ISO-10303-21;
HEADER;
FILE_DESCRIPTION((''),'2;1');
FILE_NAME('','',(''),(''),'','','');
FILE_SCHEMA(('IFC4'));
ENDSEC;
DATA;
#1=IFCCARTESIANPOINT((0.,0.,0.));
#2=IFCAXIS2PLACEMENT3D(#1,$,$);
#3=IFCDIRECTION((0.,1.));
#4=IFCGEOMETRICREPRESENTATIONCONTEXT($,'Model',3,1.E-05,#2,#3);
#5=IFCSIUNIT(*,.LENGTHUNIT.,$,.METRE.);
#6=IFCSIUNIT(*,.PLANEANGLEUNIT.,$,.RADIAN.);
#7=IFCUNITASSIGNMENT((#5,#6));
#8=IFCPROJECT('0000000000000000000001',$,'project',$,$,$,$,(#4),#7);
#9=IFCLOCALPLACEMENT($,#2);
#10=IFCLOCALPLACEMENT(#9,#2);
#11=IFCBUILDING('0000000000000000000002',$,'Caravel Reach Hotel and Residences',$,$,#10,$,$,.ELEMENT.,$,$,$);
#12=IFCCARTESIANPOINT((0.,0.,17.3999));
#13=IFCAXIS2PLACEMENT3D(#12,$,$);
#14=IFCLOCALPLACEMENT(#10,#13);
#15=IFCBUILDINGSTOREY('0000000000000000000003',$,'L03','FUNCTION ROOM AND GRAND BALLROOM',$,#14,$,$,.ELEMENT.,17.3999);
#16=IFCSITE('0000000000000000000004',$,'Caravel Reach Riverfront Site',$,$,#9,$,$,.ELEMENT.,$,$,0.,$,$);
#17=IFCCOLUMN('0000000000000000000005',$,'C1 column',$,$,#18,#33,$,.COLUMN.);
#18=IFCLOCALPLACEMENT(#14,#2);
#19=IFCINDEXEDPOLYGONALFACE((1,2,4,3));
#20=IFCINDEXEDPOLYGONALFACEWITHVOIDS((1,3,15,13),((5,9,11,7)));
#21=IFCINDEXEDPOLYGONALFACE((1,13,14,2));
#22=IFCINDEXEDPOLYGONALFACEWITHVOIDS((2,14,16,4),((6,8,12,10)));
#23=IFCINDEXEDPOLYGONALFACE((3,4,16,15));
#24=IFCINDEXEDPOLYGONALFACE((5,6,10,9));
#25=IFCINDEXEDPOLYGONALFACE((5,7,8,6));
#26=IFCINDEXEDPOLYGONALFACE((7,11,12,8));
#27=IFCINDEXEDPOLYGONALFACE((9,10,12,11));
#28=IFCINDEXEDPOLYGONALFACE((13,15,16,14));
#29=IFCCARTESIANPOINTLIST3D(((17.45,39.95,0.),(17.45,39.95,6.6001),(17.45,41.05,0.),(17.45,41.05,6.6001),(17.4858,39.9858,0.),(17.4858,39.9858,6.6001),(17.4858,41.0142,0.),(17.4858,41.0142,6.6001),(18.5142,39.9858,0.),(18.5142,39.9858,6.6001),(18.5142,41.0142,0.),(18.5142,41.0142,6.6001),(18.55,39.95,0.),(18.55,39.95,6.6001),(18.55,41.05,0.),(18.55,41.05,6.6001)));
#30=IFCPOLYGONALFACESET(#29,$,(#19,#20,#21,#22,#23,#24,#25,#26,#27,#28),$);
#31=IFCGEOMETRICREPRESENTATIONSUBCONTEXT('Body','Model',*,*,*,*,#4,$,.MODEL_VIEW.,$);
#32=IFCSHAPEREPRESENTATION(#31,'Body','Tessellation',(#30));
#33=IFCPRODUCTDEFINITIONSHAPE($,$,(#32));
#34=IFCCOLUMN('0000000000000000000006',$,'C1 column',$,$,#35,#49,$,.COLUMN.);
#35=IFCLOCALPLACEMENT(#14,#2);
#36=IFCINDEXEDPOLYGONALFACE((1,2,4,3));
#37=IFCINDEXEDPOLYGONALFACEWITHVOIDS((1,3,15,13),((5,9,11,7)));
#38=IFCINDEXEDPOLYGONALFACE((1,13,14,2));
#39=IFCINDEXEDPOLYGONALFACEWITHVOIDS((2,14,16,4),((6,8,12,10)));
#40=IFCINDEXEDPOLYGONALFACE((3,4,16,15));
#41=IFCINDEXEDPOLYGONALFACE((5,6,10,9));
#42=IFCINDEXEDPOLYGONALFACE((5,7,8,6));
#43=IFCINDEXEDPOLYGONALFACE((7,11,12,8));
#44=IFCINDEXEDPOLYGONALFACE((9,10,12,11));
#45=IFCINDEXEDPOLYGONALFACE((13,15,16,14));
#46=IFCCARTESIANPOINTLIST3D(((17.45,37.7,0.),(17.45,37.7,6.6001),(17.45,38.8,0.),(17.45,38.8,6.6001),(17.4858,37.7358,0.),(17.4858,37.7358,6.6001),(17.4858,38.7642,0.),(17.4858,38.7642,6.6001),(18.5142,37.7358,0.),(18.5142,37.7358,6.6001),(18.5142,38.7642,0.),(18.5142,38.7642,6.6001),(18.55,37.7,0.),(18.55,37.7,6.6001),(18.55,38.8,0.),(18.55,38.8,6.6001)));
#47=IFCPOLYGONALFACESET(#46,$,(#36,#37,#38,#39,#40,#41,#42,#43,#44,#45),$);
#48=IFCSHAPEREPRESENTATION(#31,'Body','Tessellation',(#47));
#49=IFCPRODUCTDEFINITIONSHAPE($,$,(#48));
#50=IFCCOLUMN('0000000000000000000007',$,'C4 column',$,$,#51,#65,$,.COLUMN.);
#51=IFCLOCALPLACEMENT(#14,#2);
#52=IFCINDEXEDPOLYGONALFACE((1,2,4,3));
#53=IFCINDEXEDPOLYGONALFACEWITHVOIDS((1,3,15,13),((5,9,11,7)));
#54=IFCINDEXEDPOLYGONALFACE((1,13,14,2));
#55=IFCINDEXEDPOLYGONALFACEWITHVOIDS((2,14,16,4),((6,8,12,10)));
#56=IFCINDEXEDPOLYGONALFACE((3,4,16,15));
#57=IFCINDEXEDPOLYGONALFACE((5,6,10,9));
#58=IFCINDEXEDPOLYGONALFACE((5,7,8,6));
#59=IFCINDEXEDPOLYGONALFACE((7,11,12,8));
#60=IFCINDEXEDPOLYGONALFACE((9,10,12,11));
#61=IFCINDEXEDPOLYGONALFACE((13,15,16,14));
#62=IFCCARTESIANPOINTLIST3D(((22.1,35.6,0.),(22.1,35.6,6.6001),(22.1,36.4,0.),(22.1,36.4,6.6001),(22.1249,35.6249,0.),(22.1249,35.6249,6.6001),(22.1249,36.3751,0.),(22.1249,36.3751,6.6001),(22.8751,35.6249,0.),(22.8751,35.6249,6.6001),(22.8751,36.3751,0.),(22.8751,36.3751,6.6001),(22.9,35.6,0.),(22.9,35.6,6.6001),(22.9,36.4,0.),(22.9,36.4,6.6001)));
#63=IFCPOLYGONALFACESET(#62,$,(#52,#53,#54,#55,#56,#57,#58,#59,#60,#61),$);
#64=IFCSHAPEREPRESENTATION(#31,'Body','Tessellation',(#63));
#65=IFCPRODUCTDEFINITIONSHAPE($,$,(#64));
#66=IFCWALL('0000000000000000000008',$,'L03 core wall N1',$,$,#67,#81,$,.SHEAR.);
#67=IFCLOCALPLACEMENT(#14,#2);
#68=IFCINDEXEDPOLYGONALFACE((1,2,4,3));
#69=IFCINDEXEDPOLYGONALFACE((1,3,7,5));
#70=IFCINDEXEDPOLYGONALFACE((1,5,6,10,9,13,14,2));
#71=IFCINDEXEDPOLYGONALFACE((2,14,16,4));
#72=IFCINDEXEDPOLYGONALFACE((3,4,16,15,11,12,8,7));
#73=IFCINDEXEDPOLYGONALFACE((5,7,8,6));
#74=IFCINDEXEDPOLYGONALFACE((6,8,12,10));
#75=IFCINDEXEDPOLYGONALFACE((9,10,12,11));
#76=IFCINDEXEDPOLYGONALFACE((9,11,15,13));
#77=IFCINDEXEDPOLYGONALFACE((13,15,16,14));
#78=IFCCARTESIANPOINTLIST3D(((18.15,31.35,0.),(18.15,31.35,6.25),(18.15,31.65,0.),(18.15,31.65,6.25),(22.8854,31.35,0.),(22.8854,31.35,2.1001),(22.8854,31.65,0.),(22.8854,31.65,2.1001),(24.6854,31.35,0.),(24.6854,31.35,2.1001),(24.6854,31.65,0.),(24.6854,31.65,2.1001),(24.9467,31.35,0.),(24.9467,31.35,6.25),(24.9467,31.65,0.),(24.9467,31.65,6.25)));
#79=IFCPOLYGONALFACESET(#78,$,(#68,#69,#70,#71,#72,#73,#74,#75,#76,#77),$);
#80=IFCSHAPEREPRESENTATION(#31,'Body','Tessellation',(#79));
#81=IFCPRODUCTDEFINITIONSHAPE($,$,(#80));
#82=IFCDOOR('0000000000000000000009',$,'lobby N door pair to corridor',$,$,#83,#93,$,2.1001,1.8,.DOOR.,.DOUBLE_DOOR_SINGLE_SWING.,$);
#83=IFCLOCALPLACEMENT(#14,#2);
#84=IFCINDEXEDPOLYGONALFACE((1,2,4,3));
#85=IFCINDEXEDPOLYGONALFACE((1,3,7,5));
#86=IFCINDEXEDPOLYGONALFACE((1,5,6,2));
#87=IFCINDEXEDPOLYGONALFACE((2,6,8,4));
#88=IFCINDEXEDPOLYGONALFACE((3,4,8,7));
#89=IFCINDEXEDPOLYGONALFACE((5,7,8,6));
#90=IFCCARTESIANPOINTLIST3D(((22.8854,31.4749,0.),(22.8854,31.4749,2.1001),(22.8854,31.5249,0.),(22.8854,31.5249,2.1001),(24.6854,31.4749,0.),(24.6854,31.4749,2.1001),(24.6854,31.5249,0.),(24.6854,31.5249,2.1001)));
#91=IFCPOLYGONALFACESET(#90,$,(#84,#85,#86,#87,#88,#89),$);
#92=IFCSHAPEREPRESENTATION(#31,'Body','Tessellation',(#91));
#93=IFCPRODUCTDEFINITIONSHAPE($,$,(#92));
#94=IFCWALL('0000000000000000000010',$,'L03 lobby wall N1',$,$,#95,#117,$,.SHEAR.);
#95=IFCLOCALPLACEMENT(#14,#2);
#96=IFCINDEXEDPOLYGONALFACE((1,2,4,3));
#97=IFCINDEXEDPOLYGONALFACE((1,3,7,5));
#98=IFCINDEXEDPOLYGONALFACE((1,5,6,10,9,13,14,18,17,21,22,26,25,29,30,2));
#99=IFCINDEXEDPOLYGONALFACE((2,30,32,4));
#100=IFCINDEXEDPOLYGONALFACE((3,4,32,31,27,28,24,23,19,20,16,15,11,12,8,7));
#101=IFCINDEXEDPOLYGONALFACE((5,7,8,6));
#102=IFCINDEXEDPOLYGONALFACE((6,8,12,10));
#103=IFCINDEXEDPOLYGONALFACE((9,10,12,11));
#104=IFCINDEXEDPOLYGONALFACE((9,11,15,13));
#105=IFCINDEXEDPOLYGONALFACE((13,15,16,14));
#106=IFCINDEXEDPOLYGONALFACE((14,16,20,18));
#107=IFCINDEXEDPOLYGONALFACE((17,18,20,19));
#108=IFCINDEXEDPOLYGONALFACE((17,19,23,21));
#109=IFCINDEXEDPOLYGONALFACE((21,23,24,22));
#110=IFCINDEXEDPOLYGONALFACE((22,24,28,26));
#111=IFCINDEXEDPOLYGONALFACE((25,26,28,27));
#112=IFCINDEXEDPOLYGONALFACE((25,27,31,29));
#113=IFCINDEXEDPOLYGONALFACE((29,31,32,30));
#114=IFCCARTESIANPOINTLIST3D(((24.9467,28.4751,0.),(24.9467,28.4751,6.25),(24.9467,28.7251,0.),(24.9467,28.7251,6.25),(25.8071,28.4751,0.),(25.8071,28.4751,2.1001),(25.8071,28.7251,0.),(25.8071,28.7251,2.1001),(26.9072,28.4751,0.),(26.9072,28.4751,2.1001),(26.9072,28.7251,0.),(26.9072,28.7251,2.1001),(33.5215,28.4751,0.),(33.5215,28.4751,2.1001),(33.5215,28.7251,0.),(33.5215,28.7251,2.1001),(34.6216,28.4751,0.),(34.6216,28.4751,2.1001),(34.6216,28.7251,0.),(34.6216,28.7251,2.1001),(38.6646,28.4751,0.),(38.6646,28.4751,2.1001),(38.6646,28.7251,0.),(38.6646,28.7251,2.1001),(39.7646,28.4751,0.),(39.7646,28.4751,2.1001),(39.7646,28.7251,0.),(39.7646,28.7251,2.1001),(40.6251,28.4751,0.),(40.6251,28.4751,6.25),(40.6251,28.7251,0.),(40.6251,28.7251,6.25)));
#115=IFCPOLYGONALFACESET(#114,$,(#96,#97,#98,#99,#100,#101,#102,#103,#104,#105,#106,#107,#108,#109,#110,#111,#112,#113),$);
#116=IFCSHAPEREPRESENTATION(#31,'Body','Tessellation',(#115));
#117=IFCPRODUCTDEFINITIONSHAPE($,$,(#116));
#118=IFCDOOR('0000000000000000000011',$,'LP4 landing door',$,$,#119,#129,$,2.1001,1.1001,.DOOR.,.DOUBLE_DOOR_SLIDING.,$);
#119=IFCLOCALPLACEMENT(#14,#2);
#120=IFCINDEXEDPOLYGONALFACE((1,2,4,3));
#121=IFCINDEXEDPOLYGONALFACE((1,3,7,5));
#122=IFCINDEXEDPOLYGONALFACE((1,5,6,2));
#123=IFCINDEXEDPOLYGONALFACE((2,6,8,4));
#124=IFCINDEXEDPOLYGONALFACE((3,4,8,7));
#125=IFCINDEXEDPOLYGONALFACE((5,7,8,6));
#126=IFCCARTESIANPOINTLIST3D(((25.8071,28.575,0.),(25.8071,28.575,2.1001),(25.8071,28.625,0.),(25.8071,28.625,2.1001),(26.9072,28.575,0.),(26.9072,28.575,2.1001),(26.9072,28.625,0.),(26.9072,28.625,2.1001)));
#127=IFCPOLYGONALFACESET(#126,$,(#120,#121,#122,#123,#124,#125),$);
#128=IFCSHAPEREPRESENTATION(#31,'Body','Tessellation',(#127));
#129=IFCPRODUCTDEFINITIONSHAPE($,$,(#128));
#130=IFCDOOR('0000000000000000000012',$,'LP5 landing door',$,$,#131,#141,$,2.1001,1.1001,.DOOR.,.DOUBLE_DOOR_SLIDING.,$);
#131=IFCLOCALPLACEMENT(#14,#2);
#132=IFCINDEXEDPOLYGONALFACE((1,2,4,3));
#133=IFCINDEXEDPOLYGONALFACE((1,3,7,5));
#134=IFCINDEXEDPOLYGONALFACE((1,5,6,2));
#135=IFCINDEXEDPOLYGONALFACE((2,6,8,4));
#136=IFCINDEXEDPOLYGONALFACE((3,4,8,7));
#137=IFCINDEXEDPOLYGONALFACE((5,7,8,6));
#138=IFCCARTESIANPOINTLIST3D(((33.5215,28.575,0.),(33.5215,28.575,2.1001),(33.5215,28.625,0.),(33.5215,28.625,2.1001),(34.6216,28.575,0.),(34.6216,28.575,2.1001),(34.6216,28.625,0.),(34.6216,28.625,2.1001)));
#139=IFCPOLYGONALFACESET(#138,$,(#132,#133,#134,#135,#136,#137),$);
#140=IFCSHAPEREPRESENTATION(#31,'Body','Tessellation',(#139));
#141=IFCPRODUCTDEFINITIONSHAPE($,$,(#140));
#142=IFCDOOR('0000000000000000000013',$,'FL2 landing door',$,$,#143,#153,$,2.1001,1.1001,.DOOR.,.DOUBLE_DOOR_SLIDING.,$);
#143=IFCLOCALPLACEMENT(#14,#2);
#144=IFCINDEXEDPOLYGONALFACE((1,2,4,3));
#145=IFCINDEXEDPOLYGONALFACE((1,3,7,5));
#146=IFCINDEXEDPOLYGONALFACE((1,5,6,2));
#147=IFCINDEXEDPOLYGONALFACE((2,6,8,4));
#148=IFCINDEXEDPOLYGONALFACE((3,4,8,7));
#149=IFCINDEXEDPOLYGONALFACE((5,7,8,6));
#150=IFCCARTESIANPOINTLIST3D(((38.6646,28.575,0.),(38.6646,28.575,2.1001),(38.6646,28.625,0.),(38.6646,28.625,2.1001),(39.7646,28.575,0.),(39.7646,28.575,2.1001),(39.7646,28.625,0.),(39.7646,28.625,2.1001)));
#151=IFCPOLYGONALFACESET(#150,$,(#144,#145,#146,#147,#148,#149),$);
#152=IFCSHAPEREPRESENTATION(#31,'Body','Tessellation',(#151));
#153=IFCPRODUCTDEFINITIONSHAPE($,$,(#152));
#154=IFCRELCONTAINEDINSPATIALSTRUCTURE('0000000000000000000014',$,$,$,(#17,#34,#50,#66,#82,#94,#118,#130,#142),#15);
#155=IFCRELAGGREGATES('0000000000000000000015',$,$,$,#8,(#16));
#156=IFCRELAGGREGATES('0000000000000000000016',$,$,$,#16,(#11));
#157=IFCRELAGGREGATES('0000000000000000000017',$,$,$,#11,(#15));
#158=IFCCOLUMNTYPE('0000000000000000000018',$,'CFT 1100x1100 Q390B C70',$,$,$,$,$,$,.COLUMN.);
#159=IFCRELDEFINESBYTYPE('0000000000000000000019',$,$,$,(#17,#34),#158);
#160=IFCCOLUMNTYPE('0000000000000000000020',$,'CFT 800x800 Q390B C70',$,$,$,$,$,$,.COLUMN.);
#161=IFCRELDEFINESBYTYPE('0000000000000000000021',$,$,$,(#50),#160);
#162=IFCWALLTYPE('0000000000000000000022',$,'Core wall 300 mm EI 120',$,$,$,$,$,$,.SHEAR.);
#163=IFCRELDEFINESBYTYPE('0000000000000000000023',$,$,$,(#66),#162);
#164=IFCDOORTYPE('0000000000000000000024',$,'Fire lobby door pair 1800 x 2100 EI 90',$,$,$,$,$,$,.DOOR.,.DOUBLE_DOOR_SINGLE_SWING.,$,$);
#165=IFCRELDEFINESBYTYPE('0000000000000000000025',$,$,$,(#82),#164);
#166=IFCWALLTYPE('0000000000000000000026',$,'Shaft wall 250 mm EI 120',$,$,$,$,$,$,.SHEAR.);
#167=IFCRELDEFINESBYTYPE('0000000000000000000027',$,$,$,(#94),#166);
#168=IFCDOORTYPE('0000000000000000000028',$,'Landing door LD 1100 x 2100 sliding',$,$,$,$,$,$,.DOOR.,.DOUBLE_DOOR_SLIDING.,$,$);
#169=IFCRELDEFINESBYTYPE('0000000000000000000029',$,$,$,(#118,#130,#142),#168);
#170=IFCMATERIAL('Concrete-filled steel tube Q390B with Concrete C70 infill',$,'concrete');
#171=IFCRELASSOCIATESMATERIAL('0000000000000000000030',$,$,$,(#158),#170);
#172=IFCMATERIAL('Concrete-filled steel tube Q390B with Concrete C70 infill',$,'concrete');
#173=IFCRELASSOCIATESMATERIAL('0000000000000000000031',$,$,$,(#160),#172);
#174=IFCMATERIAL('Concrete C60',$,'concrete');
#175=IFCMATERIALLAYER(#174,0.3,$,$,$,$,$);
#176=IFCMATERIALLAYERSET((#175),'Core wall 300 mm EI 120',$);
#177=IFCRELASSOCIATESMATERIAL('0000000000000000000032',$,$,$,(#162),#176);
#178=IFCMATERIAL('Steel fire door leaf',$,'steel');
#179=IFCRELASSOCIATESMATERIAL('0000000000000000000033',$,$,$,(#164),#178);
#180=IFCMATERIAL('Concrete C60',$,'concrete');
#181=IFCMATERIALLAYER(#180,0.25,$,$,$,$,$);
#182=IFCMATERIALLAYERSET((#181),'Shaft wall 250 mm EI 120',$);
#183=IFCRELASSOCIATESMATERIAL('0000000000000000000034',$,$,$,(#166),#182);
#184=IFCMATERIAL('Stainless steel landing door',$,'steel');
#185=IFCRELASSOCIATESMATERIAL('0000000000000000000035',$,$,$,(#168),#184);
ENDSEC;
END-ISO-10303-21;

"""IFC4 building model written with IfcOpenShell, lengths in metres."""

from ifc_helpers import new_model, si_unit, direction, frame, frame_2d, origin, origin_2d, place, context, subcontext, project, spatial, rectangle, hollow_rectangle, extrude, material, layer, layer_set, material_profile, profile_set, type_object, element, fill, save


model = new_model("IFC4")

# Units and contexts
model_context = context("Model", 3, precision=1e-05, world=origin(), true_north=direction((0.0, 1.0)))
body_context = subcontext(model_context, "Body", "Model", "MODEL_VIEW")
ifc_project = project(units=[si_unit("LENGTHUNIT", "METRE"), si_unit("PLANEANGLEUNIT", "RADIAN")], contexts=[model_context])

# Site, building, storey
site_placement = place(None, origin())
site = spatial("IfcSite", under=ifc_project, at=site_placement, Name="Caravel Reach Riverfront Site", CompositionType="ELEMENT", RefElevation=0.0)
building_placement = place(site_placement, origin())
building = spatial("IfcBuilding", under=site, at=building_placement, Name="Caravel Reach Hotel and Residences", CompositionType="ELEMENT")
storey_placement = place(building_placement, frame((0.0, 0.0, 17.3999)))
storey = spatial("IfcBuildingStorey", under=building, at=storey_placement, Name="L03", Description="FUNCTION ROOM AND GRAND BALLROOM", CompositionType="ELEMENT", Elevation=17.3999)

# Columns
ifc_material_1 = material(Name="Concrete-filled steel tube Q390B with Concrete C70 infill", Category="concrete")
ifc_material_profile_1 = material_profile(ifc_material_1, hollow_rectangle(XDim=1.1001, YDim=1.1001, WallThickness=0.0359, at=origin_2d()), Name="RHS 1100x1100x36")
ifc_profile_set_1 = profile_set([ifc_material_profile_1], Name="Concrete-filled steel tube Q390B with Concrete C70 infill")
column_type_1 = type_object("IfcColumnType", Name="CFT 1100x1100 Q390B C70", PredefinedType="COLUMN", material=ifc_profile_set_1)
for number, where, z_axis, x_axis, name in (
    (1, (18.0, 40.5, 0.0), (0.0, 0.0, 1.0), (1.0, 0.0, 0.0), "C1 column"),
    (2, (18.0, 38.25, 0.0), (0.0, 0.0, 1.0), (1.0, 0.0, 0.0), "C1 column"),
):
    element("IfcColumn", number, at=place(storey_placement, frame(where, z_axis=z_axis, x_axis=x_axis)), inside=storey, type_object=column_type_1, Name=name, PredefinedType="COLUMN", context=body_context, shape_type="SweptSolid", body=[
        extrude(hollow_rectangle(XDim=1.1001, YDim=1.1001, WallThickness=0.0359, at=origin_2d()), origin(), (0.0, 0.0, 1.0), 6.6001),
    ])
ifc_material_2 = material(Name="Concrete-filled steel tube Q390B with Concrete C70 infill", Category="concrete")
ifc_material_profile_2 = material_profile(ifc_material_2, hollow_rectangle(XDim=0.8, YDim=0.8, WallThickness=0.0249, at=origin_2d()), Name="RHS 800x800x25")
ifc_profile_set_2 = profile_set([ifc_material_profile_2], Name="Concrete-filled steel tube Q390B with Concrete C70 infill")
column_type_2 = type_object("IfcColumnType", Name="CFT 800x800 Q390B C70", PredefinedType="COLUMN", material=ifc_profile_set_2)
column_placement = place(storey_placement, frame((22.5, 36.0, 0.0), z_axis=(0.0, 0.0, 1.0), x_axis=(1.0, 0.0, 0.0)))
element("IfcColumn", 3, at=column_placement, inside=storey, type_object=column_type_2, Name="C4 column", PredefinedType="COLUMN", context=body_context, shape_type="SweptSolid", body=[
    extrude(hollow_rectangle(XDim=0.8, YDim=0.8, WallThickness=0.0249, at=origin_2d()), origin(), (0.0, 0.0, 1.0), 6.6001),
])

# Wall, opening, door
ifc_material_3 = material(Name="Concrete C60", Category="concrete")
ifc_layer_1 = layer(ifc_material_3, 0.3)
ifc_layer_set_1 = layer_set([ifc_layer_1], Name="Core wall 300 mm EI 120")
wall_type_1 = type_object("IfcWallType", Name="Core wall 300 mm EI 120", PredefinedType="SHEAR", material=ifc_layer_set_1)
wall_1_placement = place(storey_placement, frame((18.1499, 31.5, 0.0), z_axis=(0.0, 0.0, 1.0), x_axis=(1.0, 0.0, 0.0)))
wall_1 = element("IfcWall", 4, at=wall_1_placement, inside=storey, type_object=wall_type_1, Name="L03 core wall N1", PredefinedType="SHEAR", context=body_context, shape_type="SweptSolid", body=[
    extrude(rectangle(XDim=6.7966, YDim=0.3, at=frame_2d((3.3984, 0.0))), origin(), (0.0, 0.0, 1.0), 6.25),
])
opening_1_placement = place(wall_1_placement, frame((4.7356, 0.0, 0.0)))
opening_1 = element("IfcOpeningElement", 5, at=opening_1_placement, cuts=wall_1, PredefinedType="OPENING", context=body_context, shape_type="SweptSolid", body=[
    extrude(rectangle(XDim=1.8, YDim=2.1001, at=frame_2d((0.8999, 1.05))), frame((0.0, 0.1599, 0.0), z_axis=(0.0, -1.0, 0.0), x_axis=(1.0, 0.0, 0.0)), (0.0, 0.0, 1.0), 0.3201),
])
ifc_material_4 = material(Name="Steel fire door leaf", Category="steel")
door_type_1 = type_object("IfcDoorType", Name="Fire lobby door pair 1800 x 2100 EI 90", OperationType="DOUBLE_DOOR_SINGLE_SWING", PredefinedType="DOOR", material=ifc_material_4)
door_1_placement = place(opening_1_placement, origin())
door_1 = element("IfcDoor", 6, at=door_1_placement, inside=storey, type_object=door_type_1, Name="lobby N door pair to corridor", OperationType="DOUBLE_DOOR_SINGLE_SWING", OverallHeight=2.1001, OverallWidth=1.8, PredefinedType="DOOR", context=body_context, shape_type="SweptSolid", body=[
    extrude(rectangle(XDim=1.8, YDim=2.1001, at=frame_2d((0.8999, 1.05))), frame((0.0, 0.0249, 0.0), z_axis=(0.0, -1.0, 0.0), x_axis=(1.0, 0.0, 0.0)), (0.0, 0.0, 1.0), 0.05),
])
fill(opening_1, door_1)

# Wall, openings, doors
ifc_material_5 = material(Name="Concrete C60", Category="concrete")
ifc_layer_2 = layer(ifc_material_5, 0.25)
ifc_layer_set_2 = layer_set([ifc_layer_2], Name="Shaft wall 250 mm EI 120")
wall_type_2 = type_object("IfcWallType", Name="Shaft wall 250 mm EI 120", PredefinedType="SHEAR", material=ifc_layer_set_2)
wall_2_placement = place(storey_placement, frame((24.9465, 28.6001, 0.0), z_axis=(0.0, 0.0, 1.0), x_axis=(1.0, 0.0, 0.0)))
wall_2 = element("IfcWall", 7, at=wall_2_placement, inside=storey, type_object=wall_type_2, Name="L03 lobby wall N1", PredefinedType="SHEAR", context=body_context, shape_type="SweptSolid", body=[
    extrude(rectangle(XDim=15.6785, YDim=0.25, at=frame_2d((7.8394, 0.0))), origin(), (0.0, 0.0, 1.0), 6.25),
])
opening_2_placement = place(wall_2_placement, frame((0.8606, 0.0, 0.0)))
opening_2 = element("IfcOpeningElement", 8, at=opening_2_placement, cuts=wall_2, PredefinedType="OPENING", context=body_context, shape_type="SweptSolid", body=[
    extrude(rectangle(XDim=1.1001, YDim=2.1001, at=frame_2d((0.55, 1.05))), frame((0.0, 0.135, 0.0), z_axis=(0.0, -1.0, 0.0), x_axis=(1.0, 0.0, 0.0)), (0.0, 0.0, 1.0), 0.27),
])
opening_3_placement = place(wall_2_placement, frame((8.575, 0.0, 0.0)))
opening_3 = element("IfcOpeningElement", 9, at=opening_3_placement, cuts=wall_2, PredefinedType="OPENING", context=body_context, shape_type="SweptSolid", body=[
    extrude(rectangle(XDim=1.1001, YDim=2.1001, at=frame_2d((0.55, 1.05))), frame((0.0, 0.135, 0.0), z_axis=(0.0, -1.0, 0.0), x_axis=(1.0, 0.0, 0.0)), (0.0, 0.0, 1.0), 0.27),
])
opening_4_placement = place(wall_2_placement, frame((13.718, 0.0, 0.0)))
opening_4 = element("IfcOpeningElement", 10, at=opening_4_placement, cuts=wall_2, PredefinedType="OPENING", context=body_context, shape_type="SweptSolid", body=[
    extrude(rectangle(XDim=1.1001, YDim=2.1001, at=frame_2d((0.55, 1.05))), frame((0.0, 0.135, 0.0), z_axis=(0.0, -1.0, 0.0), x_axis=(1.0, 0.0, 0.0)), (0.0, 0.0, 1.0), 0.27),
])
ifc_material_6 = material(Name="Stainless steel landing door", Category="steel")
door_type_2 = type_object("IfcDoorType", Name="Landing door LD 1100 x 2100 sliding", OperationType="DOUBLE_DOOR_SLIDING", PredefinedType="DOOR", material=ifc_material_6)
door_2_placement = place(opening_2_placement, origin())
door_2 = element("IfcDoor", 11, at=door_2_placement, inside=storey, type_object=door_type_2, Name="LP4 landing door", OperationType="DOUBLE_DOOR_SLIDING", OverallHeight=2.1001, OverallWidth=1.1001, PredefinedType="DOOR", context=body_context, shape_type="SweptSolid", body=[
    extrude(rectangle(XDim=1.1001, YDim=2.1001, at=frame_2d((0.55, 1.05))), frame((0.0, 0.0249, 0.0), z_axis=(0.0, -1.0, 0.0), x_axis=(1.0, 0.0, 0.0)), (0.0, 0.0, 1.0), 0.05),
])
fill(opening_2, door_2)
door_3_placement = place(opening_3_placement, origin())
door_3 = element("IfcDoor", 12, at=door_3_placement, inside=storey, type_object=door_type_2, Name="LP5 landing door", OperationType="DOUBLE_DOOR_SLIDING", OverallHeight=2.1001, OverallWidth=1.1001, PredefinedType="DOOR", context=body_context, shape_type="SweptSolid", body=[
    extrude(rectangle(XDim=1.1001, YDim=2.1001, at=frame_2d((0.55, 1.05))), frame((0.0, 0.0249, 0.0), z_axis=(0.0, -1.0, 0.0), x_axis=(1.0, 0.0, 0.0)), (0.0, 0.0, 1.0), 0.05),
])
fill(opening_3, door_3)
door_4_placement = place(opening_4_placement, origin())
door_4 = element("IfcDoor", 13, at=door_4_placement, inside=storey, type_object=door_type_2, Name="FL2 landing door", OperationType="DOUBLE_DOOR_SLIDING", OverallHeight=2.1001, OverallWidth=1.1001, PredefinedType="DOOR", context=body_context, shape_type="SweptSolid", body=[
    extrude(rectangle(XDim=1.1001, YDim=2.1001, at=frame_2d((0.55, 1.05))), frame((0.0, 0.0249, 0.0), z_axis=(0.0, -1.0, 0.0), x_axis=(1.0, 0.0, 0.0)), (0.0, 0.0, 1.0), 0.05),
])
fill(opening_4, door_4)

save(model, "model.ifc")
